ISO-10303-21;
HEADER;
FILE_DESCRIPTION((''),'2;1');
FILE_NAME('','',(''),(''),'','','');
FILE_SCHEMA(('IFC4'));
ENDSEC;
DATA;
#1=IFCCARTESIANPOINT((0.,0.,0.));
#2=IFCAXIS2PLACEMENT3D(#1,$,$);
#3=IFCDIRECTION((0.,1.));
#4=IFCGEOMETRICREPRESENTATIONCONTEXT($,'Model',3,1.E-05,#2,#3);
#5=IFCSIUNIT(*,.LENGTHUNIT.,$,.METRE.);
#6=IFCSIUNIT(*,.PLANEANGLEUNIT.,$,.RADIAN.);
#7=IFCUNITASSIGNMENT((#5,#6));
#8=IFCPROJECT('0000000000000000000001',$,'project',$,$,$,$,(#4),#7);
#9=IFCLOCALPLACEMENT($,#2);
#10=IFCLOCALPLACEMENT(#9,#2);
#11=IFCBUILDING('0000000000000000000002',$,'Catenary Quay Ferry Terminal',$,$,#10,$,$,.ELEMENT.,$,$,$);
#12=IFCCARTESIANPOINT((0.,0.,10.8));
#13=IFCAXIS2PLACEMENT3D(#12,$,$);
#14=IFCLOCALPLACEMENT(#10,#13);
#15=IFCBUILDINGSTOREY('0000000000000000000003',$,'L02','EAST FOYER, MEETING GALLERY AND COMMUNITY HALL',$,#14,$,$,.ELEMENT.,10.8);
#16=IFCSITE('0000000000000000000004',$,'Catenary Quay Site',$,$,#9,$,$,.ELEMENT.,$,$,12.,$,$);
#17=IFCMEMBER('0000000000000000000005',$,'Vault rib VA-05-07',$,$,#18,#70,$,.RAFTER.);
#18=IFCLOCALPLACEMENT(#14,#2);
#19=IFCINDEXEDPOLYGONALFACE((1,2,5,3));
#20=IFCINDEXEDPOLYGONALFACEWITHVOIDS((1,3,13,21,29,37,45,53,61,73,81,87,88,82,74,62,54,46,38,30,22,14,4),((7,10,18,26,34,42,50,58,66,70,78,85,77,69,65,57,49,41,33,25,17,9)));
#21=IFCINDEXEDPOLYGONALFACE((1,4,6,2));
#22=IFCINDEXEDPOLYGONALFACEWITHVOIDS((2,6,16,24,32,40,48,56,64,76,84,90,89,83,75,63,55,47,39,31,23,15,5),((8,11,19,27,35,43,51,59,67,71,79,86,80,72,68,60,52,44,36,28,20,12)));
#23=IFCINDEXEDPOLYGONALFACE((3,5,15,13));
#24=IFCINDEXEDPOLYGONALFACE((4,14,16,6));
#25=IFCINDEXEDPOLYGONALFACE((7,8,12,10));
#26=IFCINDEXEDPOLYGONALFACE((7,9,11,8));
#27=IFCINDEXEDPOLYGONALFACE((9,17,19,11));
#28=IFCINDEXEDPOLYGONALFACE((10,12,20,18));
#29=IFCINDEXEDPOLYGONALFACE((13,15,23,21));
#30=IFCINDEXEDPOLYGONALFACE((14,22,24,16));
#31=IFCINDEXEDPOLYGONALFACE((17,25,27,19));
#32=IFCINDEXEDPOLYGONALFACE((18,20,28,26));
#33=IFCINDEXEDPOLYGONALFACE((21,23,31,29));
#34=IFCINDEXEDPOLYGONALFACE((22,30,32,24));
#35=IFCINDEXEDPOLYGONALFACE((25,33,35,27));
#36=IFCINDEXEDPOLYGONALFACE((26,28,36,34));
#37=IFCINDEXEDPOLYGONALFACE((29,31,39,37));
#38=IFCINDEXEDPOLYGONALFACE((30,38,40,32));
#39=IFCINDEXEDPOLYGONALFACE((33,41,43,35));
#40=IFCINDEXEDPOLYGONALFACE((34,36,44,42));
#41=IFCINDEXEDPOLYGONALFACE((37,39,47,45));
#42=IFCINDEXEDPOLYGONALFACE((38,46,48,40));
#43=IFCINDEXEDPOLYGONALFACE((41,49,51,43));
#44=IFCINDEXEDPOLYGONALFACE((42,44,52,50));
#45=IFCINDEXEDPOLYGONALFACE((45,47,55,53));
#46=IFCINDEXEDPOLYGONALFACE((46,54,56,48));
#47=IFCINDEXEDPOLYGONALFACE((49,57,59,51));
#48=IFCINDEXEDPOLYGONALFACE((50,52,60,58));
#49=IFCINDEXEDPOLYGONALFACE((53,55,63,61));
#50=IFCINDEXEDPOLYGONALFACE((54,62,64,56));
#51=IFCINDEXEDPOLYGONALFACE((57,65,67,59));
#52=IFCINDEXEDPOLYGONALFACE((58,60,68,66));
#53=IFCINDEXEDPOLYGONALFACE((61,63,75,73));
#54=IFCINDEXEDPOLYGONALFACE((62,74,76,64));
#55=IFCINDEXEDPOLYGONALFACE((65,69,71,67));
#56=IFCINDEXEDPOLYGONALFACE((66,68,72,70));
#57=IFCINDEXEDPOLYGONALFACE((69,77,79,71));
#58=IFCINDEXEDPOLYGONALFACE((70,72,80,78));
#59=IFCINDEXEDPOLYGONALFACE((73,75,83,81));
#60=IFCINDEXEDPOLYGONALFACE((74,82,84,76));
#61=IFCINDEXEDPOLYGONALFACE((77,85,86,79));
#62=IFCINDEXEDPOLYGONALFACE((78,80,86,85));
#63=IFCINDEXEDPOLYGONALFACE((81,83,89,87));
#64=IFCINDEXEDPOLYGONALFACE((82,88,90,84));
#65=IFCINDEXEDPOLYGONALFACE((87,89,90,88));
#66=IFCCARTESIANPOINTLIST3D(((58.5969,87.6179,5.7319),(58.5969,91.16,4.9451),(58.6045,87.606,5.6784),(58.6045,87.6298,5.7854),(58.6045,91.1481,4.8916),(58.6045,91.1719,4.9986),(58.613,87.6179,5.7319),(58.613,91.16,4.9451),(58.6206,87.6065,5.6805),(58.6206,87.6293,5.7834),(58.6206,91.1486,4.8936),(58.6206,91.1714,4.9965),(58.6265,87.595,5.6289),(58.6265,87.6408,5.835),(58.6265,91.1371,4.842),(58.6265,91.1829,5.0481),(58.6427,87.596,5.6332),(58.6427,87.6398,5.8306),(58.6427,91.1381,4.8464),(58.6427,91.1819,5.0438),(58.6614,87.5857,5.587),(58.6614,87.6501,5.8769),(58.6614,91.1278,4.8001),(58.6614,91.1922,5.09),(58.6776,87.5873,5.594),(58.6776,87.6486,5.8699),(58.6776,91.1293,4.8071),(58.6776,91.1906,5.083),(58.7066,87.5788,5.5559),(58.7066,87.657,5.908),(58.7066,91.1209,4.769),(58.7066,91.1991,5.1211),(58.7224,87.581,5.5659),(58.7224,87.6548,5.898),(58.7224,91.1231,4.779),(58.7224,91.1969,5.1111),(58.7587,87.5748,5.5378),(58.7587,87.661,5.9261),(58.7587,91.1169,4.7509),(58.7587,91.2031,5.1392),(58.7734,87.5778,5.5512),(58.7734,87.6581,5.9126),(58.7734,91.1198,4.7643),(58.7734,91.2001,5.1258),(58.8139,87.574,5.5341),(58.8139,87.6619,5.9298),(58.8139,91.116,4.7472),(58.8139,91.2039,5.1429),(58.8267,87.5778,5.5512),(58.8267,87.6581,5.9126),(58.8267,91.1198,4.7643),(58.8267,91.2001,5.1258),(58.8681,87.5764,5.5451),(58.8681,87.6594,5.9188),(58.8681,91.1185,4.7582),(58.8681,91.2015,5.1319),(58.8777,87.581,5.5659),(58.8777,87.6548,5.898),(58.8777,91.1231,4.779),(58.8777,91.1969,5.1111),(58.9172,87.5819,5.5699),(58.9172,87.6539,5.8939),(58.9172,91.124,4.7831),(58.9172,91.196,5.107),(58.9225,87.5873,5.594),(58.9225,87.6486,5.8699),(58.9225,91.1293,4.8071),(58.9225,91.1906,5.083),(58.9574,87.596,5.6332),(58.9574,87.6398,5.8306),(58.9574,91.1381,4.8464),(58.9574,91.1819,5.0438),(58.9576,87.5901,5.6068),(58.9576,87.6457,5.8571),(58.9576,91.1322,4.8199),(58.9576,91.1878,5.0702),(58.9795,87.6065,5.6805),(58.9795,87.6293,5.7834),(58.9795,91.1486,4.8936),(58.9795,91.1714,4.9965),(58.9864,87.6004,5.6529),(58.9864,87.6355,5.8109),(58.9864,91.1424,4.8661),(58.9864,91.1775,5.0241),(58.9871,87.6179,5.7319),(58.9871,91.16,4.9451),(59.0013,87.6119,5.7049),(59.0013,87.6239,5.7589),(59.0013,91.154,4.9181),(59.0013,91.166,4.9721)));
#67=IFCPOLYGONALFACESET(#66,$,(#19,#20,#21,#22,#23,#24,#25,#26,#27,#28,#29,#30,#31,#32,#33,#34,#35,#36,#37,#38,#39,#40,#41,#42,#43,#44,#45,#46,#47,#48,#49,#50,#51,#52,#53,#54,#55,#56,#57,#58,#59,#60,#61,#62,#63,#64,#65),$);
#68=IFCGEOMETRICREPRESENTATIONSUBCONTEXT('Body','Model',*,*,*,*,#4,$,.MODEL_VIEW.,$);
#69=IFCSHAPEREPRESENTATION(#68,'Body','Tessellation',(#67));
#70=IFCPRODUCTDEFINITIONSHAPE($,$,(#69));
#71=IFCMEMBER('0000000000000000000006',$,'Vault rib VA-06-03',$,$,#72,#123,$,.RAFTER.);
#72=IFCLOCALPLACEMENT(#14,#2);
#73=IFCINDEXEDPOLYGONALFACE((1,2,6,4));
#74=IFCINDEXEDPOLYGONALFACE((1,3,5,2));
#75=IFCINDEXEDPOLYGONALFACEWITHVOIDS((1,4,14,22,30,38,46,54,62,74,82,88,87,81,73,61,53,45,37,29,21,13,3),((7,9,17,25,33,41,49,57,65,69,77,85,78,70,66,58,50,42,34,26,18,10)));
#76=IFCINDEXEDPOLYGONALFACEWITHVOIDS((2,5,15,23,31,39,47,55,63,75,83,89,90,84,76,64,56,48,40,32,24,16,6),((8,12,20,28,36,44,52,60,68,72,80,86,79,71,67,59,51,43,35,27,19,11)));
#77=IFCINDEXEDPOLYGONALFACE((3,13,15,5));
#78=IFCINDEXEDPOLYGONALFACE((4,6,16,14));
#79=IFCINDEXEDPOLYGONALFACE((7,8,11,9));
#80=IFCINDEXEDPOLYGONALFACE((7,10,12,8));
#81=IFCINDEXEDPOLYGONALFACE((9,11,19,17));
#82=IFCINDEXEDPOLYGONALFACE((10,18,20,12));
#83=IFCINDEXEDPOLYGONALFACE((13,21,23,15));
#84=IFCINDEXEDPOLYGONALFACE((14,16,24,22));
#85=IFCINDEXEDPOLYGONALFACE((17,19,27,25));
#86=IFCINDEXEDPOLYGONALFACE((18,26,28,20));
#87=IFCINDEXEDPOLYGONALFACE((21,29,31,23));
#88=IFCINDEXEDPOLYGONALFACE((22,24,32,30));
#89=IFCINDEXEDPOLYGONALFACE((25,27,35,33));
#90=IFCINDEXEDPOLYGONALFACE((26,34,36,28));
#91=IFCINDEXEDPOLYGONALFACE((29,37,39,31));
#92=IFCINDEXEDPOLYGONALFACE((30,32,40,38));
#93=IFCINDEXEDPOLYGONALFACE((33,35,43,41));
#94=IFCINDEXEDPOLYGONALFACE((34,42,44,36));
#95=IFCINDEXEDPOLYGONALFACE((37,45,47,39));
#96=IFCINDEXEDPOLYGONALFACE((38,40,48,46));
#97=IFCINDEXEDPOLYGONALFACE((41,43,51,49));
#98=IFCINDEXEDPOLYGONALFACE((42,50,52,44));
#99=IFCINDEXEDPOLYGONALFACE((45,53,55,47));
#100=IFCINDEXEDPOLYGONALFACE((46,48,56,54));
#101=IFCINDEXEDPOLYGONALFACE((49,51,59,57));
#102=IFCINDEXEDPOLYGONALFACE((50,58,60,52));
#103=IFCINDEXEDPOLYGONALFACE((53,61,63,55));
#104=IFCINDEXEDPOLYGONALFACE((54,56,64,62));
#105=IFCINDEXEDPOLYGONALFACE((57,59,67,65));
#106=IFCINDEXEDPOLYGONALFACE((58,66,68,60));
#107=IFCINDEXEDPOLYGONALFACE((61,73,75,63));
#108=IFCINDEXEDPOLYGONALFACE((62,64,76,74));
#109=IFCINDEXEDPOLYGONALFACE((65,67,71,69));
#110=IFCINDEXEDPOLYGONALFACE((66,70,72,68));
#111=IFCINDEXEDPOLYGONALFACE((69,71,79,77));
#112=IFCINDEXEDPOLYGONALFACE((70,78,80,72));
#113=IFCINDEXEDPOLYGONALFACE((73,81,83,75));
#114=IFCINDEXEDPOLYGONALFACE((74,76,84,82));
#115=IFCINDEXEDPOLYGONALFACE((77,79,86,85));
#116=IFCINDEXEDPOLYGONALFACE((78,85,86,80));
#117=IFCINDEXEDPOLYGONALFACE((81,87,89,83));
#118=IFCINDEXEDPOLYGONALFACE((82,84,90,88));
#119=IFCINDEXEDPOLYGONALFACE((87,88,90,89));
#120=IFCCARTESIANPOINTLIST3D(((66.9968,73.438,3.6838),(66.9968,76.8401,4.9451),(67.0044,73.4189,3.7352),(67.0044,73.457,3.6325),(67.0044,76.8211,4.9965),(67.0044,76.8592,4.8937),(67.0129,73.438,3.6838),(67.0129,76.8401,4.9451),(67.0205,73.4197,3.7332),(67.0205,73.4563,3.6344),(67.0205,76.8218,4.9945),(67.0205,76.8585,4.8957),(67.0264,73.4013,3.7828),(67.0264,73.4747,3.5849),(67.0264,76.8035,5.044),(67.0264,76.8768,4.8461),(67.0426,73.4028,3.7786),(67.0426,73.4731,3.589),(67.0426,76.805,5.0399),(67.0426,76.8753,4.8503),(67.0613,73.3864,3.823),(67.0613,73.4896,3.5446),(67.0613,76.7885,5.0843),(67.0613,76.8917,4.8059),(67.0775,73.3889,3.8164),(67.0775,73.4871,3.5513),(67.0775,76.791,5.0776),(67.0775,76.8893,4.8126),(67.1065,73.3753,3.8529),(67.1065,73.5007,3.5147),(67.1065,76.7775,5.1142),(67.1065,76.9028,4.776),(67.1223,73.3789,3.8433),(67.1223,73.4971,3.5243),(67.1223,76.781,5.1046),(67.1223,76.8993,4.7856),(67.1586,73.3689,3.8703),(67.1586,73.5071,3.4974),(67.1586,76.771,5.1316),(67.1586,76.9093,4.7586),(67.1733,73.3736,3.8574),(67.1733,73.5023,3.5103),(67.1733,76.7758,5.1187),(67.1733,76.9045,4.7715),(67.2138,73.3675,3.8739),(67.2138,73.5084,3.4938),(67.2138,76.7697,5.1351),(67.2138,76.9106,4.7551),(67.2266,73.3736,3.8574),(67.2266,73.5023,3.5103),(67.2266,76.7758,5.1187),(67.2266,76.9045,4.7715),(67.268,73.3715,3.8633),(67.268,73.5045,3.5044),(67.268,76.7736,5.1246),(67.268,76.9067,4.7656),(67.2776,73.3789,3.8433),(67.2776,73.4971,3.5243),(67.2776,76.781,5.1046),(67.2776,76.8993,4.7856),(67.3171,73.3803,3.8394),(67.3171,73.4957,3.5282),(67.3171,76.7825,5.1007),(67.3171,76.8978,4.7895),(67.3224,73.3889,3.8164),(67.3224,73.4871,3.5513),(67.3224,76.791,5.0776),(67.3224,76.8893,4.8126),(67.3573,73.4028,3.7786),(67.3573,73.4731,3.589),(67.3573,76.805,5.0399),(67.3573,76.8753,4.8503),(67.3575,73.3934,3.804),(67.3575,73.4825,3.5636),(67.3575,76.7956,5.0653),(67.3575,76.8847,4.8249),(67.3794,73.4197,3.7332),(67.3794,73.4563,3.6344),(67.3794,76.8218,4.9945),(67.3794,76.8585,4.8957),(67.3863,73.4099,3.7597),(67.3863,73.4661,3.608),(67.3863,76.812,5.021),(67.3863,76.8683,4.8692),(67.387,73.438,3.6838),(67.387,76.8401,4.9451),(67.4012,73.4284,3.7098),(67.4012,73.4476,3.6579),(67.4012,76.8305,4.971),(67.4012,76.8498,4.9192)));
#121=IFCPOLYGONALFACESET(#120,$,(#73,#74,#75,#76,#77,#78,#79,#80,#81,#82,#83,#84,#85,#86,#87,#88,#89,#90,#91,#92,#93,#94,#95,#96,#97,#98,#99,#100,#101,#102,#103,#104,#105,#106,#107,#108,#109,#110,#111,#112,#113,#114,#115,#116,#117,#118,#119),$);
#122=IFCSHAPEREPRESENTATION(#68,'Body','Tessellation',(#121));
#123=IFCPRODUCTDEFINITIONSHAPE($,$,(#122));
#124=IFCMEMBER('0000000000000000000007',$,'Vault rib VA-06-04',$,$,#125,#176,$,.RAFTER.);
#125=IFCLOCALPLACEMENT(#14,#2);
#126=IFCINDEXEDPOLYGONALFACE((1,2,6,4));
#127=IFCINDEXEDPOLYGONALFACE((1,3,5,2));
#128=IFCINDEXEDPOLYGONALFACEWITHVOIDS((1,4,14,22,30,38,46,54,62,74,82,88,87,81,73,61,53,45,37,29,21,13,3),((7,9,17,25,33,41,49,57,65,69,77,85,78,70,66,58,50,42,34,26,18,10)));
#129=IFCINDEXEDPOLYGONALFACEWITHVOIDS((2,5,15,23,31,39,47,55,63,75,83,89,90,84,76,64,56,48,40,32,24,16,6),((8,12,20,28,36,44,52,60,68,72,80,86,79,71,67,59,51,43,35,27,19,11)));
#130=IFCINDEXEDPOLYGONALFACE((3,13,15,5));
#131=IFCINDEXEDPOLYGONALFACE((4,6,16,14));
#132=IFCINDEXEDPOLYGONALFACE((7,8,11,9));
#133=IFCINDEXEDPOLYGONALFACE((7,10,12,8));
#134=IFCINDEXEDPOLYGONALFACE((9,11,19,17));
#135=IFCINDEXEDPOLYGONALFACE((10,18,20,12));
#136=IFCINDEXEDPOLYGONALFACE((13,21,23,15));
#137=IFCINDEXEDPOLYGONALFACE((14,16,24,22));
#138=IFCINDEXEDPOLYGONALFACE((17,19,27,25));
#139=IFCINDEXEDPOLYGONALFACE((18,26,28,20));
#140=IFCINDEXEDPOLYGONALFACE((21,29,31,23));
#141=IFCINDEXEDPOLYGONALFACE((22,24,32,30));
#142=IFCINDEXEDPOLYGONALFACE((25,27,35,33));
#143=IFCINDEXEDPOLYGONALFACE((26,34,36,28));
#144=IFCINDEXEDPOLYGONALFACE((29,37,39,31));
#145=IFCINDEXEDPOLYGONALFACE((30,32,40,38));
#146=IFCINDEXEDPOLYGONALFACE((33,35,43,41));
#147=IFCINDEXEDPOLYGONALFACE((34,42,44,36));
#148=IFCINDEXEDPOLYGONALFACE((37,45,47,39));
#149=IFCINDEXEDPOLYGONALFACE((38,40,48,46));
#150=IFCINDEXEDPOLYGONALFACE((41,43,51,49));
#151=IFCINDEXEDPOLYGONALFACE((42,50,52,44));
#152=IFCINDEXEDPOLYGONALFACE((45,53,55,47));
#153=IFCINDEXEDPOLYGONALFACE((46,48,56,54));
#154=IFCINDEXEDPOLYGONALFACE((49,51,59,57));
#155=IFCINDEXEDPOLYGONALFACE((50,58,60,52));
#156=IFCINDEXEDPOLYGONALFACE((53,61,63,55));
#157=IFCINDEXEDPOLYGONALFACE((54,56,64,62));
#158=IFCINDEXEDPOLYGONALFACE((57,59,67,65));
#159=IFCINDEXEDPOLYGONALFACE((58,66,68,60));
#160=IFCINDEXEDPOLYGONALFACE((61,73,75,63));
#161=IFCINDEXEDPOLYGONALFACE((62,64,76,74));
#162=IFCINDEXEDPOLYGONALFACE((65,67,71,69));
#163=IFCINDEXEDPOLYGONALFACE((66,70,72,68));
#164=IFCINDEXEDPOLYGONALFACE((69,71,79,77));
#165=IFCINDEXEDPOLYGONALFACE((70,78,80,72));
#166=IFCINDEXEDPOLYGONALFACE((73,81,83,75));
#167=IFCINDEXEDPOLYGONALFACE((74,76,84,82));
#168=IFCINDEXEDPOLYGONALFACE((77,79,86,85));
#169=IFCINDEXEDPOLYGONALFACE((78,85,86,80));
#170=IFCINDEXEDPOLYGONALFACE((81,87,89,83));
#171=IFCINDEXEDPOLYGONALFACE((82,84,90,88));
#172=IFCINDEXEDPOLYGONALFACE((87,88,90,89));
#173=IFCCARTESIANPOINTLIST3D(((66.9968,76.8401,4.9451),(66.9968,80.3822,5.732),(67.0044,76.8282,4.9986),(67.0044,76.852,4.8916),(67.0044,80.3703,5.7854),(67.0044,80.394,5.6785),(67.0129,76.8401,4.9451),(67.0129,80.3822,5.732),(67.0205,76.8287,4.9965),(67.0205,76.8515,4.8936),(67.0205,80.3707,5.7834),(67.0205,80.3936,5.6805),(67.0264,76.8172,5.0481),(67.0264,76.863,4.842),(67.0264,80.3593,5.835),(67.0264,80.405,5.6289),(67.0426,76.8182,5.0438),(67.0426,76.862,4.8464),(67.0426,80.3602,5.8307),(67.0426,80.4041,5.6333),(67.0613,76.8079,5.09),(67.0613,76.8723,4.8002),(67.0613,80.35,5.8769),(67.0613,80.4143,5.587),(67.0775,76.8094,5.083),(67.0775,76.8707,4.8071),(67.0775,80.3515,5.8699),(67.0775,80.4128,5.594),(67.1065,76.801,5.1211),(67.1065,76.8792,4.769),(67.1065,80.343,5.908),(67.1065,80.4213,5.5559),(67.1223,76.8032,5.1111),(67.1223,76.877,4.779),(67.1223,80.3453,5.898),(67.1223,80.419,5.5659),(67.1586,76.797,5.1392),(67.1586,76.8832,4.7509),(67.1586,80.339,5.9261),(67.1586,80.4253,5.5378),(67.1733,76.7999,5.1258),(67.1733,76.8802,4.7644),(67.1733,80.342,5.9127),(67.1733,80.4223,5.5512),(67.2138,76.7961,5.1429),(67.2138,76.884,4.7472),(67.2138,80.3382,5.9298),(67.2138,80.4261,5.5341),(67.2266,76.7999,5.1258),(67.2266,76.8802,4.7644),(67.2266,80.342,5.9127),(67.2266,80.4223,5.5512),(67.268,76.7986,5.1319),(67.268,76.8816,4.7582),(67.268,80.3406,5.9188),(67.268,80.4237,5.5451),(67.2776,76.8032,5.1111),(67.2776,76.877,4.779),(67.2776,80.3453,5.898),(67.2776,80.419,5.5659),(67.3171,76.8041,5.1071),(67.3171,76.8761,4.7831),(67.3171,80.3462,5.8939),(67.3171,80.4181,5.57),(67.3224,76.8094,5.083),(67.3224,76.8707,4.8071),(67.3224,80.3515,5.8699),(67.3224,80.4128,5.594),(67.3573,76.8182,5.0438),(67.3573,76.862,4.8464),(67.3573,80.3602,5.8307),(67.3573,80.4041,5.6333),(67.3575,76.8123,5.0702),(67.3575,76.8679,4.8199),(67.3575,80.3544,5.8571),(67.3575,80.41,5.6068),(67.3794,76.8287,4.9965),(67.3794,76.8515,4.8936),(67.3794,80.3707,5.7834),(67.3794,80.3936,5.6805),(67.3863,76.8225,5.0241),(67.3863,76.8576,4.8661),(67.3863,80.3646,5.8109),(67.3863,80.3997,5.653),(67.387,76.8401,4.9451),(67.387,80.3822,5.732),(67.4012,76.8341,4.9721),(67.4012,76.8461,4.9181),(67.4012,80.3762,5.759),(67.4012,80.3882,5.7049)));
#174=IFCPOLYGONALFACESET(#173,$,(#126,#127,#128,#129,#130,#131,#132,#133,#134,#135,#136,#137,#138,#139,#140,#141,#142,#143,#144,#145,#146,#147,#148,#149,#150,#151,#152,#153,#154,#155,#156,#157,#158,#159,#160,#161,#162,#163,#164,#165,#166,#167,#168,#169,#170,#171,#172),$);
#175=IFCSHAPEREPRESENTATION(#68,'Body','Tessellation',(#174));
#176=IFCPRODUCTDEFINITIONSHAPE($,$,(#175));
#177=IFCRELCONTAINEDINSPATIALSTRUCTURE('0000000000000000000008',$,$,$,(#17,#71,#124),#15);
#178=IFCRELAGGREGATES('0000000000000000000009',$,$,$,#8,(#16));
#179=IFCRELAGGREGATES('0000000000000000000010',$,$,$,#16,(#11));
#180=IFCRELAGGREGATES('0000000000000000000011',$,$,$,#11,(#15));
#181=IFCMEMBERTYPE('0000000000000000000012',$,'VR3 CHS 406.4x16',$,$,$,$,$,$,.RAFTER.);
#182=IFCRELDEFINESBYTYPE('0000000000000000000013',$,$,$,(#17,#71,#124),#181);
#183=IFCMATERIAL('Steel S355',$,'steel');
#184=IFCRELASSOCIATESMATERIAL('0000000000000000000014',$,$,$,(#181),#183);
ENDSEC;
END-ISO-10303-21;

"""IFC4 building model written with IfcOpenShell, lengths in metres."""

from ifc_helpers import new_model, si_unit, direction, frame, origin, origin_2d, place, context, subcontext, project, spatial, hollow_circle, extrude, material, material_profile, profile_set, type_object, element, save


model = new_model("IFC4")

# Units and contexts
model_context = context("Model", 3, precision=1e-05, world=origin(), true_north=direction((0.0, 1.0)))
body_context = subcontext(model_context, "Body", "Model", "MODEL_VIEW")
ifc_project = project(units=[si_unit("LENGTHUNIT", "METRE"), si_unit("PLANEANGLEUNIT", "RADIAN")], contexts=[model_context])

# Site, building, storey
site_placement = place(None, origin())
site = spatial("IfcSite", under=ifc_project, at=site_placement, Name="Catenary Quay Site", CompositionType="ELEMENT", RefElevation=12.0)
building_placement = place(site_placement, origin())
building = spatial("IfcBuilding", under=site, at=building_placement, Name="Catenary Quay Ferry Terminal", CompositionType="ELEMENT")
storey_placement = place(building_placement, frame((0.0, 0.0, 10.8)))
storey = spatial("IfcBuildingStorey", under=building, at=storey_placement, Name="L02", Description="EAST FOYER, MEETING GALLERY AND COMMUNITY HALL", CompositionType="ELEMENT", Elevation=10.8)

# Members
ifc_material_1 = material(Name="Steel S355", Category="steel")
ifc_material_profile_1 = material_profile(ifc_material_1, hollow_circle(Radius=0.2031, WallThickness=0.0161, at=origin_2d()), Name="CHS 406.4x16")
ifc_profile_set_1 = profile_set([ifc_material_profile_1], Name="Steel S355")
member_type_1 = type_object("IfcMemberType", Name="VR3 CHS 406.4x16", PredefinedType="RAFTER", material=ifc_profile_set_1)
for number, where, z_axis, x_axis, name in (
    (1, (58.8, 87.6179, 5.7319), (0.0, 0.976201, -0.216866), (-1.0, 0.0, 0.0), "Vault rib VA-05-07"),
    (2, (67.2, 73.438, 3.6838), (0.0, 0.937642, 0.347604), (-1.0, 0.0, 0.0), "Vault rib VA-06-03"),
    (3, (67.2, 76.8401, 4.9451), (0.0, 0.976201, 0.216866), (-1.0, 0.0, 0.0), "Vault rib VA-06-04"),
):
    element("IfcMember", number, at=place(storey_placement, frame(where, z_axis=z_axis, x_axis=x_axis)), inside=storey, type_object=member_type_1, Name=name, PredefinedType="RAFTER", context=body_context, shape_type="SweptSolid", body=[
        extrude(hollow_circle(Radius=0.2031, WallThickness=0.0161, at=origin_2d()), origin(), (0.0, 0.0, 1.0), 3.6284),
    ])

save(model, "model.ifc")
